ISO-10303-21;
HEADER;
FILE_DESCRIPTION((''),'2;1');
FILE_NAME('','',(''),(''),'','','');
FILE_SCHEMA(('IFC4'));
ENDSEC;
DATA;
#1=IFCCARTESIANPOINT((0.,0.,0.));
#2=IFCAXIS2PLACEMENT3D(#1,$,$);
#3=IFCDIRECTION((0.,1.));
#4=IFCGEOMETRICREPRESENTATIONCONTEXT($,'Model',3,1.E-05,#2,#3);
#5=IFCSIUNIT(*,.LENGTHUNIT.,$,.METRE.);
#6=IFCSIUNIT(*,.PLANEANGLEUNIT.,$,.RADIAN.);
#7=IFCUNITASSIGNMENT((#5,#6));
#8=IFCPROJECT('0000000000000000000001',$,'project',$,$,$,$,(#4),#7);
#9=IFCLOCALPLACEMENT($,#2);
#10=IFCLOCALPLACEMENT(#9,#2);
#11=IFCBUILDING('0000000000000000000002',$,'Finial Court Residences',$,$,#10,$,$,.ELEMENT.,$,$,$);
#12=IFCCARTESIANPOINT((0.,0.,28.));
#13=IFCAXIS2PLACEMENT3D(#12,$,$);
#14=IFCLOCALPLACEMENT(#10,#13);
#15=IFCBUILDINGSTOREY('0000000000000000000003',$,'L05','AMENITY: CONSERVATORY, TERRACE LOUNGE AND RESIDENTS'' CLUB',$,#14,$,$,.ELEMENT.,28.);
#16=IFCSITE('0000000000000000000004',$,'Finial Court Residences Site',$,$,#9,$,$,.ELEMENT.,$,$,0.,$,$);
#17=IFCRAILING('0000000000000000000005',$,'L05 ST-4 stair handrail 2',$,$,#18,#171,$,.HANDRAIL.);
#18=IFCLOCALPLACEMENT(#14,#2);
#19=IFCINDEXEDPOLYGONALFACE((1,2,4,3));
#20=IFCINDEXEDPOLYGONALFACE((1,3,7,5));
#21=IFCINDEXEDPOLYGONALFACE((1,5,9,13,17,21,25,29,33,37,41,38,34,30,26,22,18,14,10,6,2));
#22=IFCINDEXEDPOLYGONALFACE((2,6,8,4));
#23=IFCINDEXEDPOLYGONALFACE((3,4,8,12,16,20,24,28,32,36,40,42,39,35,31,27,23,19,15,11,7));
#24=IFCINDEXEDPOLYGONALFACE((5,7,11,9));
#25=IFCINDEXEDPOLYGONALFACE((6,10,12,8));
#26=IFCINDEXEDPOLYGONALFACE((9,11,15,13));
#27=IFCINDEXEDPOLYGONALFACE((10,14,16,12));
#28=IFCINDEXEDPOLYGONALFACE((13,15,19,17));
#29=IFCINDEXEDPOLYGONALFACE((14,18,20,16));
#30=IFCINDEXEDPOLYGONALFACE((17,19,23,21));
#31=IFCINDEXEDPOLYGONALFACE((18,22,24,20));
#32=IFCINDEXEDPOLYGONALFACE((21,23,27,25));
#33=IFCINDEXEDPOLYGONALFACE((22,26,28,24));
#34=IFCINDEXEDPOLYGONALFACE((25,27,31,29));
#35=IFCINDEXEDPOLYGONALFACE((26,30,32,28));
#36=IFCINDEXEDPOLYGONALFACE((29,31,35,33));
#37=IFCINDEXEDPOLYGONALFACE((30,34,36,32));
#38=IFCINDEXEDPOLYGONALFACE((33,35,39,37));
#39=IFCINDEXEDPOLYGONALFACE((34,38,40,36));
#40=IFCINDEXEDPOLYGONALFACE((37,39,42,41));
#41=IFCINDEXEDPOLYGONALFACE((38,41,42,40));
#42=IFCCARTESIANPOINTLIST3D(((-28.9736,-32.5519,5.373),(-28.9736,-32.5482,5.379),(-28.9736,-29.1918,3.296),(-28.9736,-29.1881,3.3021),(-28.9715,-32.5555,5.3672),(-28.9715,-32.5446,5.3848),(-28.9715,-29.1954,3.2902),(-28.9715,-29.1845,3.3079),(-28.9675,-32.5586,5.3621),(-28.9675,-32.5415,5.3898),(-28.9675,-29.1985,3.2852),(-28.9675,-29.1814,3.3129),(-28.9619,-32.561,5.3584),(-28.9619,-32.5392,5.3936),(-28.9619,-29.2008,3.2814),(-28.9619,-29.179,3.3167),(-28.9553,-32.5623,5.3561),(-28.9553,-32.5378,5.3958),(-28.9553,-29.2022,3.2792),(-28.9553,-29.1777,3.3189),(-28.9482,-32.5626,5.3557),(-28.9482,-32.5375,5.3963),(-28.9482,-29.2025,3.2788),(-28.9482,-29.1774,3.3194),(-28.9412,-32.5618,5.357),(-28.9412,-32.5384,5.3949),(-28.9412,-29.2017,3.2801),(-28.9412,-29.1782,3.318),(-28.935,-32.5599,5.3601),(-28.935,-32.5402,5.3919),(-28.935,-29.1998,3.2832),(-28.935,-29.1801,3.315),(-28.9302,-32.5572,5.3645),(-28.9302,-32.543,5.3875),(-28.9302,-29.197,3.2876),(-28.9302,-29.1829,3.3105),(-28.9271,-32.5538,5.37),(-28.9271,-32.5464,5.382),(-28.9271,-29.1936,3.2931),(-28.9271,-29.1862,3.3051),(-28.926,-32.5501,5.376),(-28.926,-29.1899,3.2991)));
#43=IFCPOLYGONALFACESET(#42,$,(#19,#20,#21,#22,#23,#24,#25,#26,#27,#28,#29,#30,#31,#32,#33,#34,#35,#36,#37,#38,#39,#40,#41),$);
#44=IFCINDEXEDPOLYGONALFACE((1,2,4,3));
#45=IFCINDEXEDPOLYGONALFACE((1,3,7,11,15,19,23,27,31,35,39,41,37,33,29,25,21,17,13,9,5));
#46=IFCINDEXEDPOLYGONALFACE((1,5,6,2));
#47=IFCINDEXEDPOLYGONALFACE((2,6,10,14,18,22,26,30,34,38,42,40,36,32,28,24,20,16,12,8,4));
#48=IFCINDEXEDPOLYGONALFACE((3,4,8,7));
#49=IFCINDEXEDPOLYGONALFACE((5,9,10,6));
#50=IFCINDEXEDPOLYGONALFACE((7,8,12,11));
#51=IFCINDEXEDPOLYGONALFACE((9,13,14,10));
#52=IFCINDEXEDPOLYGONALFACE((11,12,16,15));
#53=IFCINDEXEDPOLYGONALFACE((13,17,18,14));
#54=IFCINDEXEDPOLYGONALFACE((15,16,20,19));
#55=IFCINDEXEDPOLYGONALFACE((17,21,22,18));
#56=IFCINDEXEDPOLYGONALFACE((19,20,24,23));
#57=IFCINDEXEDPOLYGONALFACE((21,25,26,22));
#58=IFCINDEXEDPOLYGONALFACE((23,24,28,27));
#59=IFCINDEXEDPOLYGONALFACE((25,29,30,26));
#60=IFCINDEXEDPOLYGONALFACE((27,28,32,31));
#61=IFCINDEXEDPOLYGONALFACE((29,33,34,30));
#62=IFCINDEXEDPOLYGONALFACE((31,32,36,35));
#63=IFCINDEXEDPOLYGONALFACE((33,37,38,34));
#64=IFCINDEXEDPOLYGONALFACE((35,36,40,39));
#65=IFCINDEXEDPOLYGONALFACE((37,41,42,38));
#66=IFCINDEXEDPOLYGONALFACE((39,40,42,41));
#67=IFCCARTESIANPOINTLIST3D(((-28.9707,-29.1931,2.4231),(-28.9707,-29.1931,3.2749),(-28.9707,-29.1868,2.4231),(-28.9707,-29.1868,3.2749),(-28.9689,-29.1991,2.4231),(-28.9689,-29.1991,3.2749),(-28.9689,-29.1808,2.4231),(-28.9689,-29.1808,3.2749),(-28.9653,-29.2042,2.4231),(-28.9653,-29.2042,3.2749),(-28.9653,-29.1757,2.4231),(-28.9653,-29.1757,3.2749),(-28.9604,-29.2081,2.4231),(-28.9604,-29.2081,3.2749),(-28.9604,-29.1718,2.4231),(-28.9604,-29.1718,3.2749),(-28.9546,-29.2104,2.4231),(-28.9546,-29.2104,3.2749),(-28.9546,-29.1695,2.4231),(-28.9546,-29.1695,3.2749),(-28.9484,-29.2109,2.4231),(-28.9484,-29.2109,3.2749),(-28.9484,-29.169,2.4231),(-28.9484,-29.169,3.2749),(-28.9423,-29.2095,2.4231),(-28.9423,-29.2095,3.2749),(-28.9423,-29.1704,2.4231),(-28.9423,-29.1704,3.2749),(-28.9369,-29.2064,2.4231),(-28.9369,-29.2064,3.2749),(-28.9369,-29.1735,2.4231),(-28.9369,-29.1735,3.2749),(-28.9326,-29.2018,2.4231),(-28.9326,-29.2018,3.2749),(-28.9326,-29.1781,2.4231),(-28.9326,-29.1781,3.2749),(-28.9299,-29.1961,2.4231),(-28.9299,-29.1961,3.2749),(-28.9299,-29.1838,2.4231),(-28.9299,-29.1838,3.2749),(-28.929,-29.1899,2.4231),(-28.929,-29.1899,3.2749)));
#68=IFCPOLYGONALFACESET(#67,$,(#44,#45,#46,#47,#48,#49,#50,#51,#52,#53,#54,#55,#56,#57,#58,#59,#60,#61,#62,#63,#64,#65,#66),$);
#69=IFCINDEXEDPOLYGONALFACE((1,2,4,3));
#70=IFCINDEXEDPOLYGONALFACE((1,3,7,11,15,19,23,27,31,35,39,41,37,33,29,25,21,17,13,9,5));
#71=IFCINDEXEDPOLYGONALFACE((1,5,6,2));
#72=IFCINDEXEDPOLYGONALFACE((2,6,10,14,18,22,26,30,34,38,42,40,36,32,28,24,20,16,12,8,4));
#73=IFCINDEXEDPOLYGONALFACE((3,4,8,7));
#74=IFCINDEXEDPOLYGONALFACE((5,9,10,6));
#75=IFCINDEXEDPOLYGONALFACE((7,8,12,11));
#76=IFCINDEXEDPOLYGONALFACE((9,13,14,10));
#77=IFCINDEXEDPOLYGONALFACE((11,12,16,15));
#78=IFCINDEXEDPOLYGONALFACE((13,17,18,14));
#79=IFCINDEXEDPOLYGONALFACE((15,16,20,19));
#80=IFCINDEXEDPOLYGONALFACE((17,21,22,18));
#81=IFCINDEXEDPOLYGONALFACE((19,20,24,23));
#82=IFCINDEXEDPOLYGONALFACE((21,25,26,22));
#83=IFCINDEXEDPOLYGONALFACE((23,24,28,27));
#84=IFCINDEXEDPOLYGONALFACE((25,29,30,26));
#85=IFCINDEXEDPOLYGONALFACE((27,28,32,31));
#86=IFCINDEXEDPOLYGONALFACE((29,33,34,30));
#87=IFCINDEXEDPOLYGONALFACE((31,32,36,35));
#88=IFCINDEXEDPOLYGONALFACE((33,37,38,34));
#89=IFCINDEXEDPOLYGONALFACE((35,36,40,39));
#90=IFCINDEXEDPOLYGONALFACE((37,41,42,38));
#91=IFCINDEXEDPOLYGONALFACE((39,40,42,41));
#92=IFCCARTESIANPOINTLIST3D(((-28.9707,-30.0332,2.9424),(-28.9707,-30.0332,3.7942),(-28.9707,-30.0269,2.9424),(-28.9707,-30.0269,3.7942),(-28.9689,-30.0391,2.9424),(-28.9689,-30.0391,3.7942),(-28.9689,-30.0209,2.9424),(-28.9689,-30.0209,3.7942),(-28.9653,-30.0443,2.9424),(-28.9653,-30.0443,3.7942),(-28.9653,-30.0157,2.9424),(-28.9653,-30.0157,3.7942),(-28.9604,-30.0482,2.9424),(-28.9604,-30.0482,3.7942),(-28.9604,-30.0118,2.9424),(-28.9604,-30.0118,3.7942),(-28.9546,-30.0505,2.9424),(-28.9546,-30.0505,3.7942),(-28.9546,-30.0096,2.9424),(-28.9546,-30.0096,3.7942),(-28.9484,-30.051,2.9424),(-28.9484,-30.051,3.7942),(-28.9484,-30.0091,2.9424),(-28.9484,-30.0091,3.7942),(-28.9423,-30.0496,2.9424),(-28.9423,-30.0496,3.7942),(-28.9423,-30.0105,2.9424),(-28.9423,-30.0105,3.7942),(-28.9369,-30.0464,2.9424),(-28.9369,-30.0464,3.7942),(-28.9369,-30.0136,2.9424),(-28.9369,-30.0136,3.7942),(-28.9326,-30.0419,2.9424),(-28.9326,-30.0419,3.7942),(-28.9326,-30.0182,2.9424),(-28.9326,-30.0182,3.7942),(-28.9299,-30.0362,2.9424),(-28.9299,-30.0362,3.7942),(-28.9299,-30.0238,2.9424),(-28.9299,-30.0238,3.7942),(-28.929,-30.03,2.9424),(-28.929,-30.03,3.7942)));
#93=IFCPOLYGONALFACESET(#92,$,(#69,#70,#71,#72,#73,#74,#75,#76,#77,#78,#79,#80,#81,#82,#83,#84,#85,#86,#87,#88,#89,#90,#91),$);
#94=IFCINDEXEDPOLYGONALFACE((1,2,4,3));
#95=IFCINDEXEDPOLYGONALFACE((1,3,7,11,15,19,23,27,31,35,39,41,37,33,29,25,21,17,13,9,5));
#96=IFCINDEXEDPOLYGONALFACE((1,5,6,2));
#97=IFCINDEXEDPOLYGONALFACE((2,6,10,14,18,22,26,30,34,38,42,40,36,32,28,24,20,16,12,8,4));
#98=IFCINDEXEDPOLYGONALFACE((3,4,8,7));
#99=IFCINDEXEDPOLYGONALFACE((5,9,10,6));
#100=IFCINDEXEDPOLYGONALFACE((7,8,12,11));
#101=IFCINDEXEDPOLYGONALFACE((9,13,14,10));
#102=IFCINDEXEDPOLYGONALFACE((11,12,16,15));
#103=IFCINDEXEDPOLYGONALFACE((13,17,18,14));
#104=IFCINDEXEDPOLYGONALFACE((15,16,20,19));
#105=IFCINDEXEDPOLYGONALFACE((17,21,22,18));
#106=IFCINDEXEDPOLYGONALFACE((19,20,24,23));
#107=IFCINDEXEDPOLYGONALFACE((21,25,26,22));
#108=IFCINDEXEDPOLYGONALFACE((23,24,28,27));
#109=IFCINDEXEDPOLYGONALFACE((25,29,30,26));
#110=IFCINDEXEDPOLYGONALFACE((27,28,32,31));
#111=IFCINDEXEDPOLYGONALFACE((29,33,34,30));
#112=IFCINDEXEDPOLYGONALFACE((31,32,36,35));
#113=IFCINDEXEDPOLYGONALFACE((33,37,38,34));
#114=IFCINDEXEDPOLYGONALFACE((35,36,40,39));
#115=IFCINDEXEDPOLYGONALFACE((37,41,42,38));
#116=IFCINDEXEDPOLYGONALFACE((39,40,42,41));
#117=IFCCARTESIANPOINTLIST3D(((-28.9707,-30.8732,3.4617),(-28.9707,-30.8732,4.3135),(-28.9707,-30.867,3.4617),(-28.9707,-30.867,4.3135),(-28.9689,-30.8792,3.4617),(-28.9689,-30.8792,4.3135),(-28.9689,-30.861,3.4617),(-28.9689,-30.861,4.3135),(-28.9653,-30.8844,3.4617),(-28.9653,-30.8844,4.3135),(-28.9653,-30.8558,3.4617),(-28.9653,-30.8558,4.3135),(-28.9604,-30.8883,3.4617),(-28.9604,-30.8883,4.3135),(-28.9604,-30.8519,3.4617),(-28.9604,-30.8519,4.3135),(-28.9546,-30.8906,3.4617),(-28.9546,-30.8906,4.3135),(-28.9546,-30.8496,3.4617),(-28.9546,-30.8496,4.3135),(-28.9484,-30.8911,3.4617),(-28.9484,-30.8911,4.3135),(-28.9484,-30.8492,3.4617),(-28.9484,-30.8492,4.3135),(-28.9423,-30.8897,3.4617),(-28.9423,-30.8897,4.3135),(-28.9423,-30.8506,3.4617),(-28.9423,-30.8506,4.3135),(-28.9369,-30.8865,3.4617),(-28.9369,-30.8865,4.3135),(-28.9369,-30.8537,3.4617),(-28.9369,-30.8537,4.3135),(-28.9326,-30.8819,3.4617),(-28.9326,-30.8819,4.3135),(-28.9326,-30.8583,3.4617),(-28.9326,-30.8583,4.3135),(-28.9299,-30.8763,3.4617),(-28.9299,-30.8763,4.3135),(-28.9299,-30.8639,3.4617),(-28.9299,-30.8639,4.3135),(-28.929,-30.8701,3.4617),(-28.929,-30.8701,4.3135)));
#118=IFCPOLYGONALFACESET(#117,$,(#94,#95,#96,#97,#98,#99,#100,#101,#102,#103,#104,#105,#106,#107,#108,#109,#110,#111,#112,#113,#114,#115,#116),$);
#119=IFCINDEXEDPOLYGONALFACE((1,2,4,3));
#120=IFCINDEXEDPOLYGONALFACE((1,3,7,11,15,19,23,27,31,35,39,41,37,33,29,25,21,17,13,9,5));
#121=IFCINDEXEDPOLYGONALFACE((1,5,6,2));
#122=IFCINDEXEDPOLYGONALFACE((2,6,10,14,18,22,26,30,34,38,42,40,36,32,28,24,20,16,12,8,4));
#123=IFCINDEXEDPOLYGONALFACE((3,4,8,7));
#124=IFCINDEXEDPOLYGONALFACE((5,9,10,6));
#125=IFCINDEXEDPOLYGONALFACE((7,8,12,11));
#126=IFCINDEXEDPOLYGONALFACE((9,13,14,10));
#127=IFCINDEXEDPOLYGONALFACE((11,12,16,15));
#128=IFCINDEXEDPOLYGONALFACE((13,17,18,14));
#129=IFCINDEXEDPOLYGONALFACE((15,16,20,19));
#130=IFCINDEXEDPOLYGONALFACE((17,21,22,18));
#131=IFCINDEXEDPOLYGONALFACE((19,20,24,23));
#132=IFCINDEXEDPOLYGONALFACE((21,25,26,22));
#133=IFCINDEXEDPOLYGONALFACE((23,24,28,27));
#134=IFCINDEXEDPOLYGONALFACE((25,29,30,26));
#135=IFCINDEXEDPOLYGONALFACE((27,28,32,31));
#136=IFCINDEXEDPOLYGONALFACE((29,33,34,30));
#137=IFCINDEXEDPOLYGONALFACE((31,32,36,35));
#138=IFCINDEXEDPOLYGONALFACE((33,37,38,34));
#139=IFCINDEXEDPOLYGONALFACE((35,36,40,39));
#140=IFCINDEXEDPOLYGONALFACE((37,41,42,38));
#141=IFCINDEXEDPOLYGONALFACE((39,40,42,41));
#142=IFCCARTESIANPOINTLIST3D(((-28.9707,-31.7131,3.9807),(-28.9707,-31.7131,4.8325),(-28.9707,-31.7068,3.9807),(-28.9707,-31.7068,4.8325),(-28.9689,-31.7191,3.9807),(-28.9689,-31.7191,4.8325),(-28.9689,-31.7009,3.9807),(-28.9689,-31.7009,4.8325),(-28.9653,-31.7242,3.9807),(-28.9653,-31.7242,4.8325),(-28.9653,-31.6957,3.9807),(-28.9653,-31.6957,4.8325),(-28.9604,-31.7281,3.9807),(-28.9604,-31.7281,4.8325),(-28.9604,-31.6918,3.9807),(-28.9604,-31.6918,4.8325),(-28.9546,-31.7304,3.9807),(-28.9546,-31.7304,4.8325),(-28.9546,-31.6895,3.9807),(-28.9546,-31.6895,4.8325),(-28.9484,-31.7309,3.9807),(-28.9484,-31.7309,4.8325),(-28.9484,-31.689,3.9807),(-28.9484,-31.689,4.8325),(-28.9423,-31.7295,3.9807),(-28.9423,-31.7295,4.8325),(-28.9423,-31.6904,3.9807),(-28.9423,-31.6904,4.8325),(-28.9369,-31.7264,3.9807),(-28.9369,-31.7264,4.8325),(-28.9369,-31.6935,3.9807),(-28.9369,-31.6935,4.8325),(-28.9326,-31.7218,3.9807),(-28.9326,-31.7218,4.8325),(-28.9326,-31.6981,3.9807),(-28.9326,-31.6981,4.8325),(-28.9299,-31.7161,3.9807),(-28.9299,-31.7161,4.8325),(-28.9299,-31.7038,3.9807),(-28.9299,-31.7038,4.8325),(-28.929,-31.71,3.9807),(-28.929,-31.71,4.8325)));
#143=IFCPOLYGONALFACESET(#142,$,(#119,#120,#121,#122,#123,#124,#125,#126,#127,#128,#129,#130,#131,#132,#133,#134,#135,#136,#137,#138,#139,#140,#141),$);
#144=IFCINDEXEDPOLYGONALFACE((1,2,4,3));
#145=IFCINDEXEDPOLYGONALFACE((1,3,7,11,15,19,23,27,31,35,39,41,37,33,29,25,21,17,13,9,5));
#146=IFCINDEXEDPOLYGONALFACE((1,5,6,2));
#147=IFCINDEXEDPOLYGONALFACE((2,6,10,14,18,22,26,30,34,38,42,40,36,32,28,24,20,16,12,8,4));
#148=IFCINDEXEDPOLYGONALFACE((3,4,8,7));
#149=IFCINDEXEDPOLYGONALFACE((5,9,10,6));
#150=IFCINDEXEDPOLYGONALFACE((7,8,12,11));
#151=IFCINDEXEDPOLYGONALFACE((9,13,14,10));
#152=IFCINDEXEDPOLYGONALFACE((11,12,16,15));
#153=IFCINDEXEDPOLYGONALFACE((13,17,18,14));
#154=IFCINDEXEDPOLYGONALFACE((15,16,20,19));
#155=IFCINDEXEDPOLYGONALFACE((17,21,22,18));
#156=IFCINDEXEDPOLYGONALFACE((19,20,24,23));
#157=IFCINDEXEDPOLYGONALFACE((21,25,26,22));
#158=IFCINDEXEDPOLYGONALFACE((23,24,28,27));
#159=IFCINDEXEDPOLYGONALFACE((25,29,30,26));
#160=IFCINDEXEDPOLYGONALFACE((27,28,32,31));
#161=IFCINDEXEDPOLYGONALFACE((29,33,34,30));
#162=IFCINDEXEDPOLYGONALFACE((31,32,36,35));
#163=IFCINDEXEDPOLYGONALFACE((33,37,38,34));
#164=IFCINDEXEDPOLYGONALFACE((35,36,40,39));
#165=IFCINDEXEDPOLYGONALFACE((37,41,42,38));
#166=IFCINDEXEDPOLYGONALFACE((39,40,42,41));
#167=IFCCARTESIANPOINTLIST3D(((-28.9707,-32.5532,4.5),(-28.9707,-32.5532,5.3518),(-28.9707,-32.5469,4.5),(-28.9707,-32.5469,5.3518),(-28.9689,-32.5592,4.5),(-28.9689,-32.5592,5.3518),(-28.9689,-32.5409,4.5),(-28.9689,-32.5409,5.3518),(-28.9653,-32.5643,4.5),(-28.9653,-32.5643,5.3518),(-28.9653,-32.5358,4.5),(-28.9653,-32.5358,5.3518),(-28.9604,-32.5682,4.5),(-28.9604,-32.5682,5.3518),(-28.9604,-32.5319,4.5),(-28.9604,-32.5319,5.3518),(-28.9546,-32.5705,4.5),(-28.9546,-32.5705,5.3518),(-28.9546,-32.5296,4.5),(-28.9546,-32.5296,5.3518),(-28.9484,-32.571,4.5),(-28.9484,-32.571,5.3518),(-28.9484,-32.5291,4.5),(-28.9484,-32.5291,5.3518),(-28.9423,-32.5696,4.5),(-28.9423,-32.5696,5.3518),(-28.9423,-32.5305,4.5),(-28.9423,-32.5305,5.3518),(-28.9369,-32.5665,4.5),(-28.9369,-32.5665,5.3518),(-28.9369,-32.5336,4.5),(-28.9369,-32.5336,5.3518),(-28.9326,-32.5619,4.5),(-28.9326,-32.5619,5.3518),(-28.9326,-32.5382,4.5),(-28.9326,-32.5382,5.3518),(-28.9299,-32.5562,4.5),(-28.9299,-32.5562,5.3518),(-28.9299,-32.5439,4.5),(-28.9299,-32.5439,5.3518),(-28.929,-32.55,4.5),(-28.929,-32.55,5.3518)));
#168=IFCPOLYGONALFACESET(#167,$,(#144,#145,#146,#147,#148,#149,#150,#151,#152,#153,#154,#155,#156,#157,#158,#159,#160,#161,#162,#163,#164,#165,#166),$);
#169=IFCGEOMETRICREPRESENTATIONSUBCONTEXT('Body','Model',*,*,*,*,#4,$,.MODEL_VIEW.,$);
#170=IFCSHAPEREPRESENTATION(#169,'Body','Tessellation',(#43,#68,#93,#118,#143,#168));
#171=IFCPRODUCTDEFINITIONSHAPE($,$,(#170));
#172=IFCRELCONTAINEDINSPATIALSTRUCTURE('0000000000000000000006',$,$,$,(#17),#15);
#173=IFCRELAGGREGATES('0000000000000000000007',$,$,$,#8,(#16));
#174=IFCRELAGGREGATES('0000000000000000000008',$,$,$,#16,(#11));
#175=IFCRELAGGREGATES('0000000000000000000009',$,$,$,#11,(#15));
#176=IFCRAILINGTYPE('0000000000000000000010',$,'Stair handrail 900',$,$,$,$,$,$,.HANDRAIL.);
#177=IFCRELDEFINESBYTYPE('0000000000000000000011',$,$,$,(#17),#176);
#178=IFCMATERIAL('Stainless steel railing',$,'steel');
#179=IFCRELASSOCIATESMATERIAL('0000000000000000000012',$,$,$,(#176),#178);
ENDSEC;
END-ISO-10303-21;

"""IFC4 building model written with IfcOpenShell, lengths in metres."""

from ifc_helpers import new_model, si_unit, direction, frame, origin, origin_2d, place, context, subcontext, project, spatial, circle, extrude, material, type_object, element, save


model = new_model("IFC4")

# Units and contexts
model_context = context("Model", 3, precision=1e-05, world=origin(), true_north=direction((0.0, 1.0)))
body_context = subcontext(model_context, "Body", "Model", "MODEL_VIEW")
ifc_project = project(units=[si_unit("LENGTHUNIT", "METRE"), si_unit("PLANEANGLEUNIT", "RADIAN")], contexts=[model_context])

# Site, building, storey
site_placement = place(None, origin())
site = spatial("IfcSite", under=ifc_project, at=site_placement, Name="Finial Court Residences Site", CompositionType="ELEMENT", RefElevation=0.0)
building_placement = place(site_placement, origin())
building = spatial("IfcBuilding", under=site, at=building_placement, Name="Finial Court Residences", CompositionType="ELEMENT")
storey_placement = place(building_placement, frame((0.0, 0.0, 28.0)))
storey = spatial("IfcBuildingStorey", under=building, at=storey_placement, Name="L05", Description="AMENITY: CONSERVATORY, TERRACE LOUNGE AND RESIDENTS' CLUB", CompositionType="ELEMENT", Elevation=28.0)

# Railing
ifc_material_1 = material(Name="Stainless steel railing", Category="steel")
railing_type = type_object("IfcRailingType", Name="Stair handrail 900", PredefinedType="HANDRAIL", material=ifc_material_1)
railing_placement = place(storey_placement, frame((-28.95, -29.1899, 2.4231)))
element("IfcRailing", 1, at=railing_placement, inside=storey, type_object=railing_type, Name="L05 ST-4 stair handrail 2", PredefinedType="HANDRAIL", context=body_context, shape_type="SweptSolid", body=[
    extrude(circle(Radius=0.0239, at=origin_2d()), frame((0.0, 0.0, 0.876), z_axis=(0.0, -0.850623, 0.525776), x_axis=(1.0, 0.0, 0.0)), (0.0, 0.0, 1.0), 3.9502),
    extrude(circle(Radius=0.021, at=origin_2d()), origin(), (0.0, 0.0, 1.0), 0.8518),
    extrude(circle(Radius=0.021, at=origin_2d()), frame((0.0, -0.8401, 0.5193)), (0.0, 0.0, 1.0), 0.8518),
    extrude(circle(Radius=0.021, at=origin_2d()), frame((0.0, -1.6802, 1.0386)), (0.0, 0.0, 1.0), 0.8518),
    extrude(circle(Radius=0.021, at=origin_2d()), frame((0.0, -2.52, 1.5576)), (0.0, 0.0, 1.0), 0.8518),
    extrude(circle(Radius=0.021, at=origin_2d()), frame((0.0, -3.3601, 2.0769)), (0.0, 0.0, 1.0), 0.8518),
])

save(model, "model.ifc")
